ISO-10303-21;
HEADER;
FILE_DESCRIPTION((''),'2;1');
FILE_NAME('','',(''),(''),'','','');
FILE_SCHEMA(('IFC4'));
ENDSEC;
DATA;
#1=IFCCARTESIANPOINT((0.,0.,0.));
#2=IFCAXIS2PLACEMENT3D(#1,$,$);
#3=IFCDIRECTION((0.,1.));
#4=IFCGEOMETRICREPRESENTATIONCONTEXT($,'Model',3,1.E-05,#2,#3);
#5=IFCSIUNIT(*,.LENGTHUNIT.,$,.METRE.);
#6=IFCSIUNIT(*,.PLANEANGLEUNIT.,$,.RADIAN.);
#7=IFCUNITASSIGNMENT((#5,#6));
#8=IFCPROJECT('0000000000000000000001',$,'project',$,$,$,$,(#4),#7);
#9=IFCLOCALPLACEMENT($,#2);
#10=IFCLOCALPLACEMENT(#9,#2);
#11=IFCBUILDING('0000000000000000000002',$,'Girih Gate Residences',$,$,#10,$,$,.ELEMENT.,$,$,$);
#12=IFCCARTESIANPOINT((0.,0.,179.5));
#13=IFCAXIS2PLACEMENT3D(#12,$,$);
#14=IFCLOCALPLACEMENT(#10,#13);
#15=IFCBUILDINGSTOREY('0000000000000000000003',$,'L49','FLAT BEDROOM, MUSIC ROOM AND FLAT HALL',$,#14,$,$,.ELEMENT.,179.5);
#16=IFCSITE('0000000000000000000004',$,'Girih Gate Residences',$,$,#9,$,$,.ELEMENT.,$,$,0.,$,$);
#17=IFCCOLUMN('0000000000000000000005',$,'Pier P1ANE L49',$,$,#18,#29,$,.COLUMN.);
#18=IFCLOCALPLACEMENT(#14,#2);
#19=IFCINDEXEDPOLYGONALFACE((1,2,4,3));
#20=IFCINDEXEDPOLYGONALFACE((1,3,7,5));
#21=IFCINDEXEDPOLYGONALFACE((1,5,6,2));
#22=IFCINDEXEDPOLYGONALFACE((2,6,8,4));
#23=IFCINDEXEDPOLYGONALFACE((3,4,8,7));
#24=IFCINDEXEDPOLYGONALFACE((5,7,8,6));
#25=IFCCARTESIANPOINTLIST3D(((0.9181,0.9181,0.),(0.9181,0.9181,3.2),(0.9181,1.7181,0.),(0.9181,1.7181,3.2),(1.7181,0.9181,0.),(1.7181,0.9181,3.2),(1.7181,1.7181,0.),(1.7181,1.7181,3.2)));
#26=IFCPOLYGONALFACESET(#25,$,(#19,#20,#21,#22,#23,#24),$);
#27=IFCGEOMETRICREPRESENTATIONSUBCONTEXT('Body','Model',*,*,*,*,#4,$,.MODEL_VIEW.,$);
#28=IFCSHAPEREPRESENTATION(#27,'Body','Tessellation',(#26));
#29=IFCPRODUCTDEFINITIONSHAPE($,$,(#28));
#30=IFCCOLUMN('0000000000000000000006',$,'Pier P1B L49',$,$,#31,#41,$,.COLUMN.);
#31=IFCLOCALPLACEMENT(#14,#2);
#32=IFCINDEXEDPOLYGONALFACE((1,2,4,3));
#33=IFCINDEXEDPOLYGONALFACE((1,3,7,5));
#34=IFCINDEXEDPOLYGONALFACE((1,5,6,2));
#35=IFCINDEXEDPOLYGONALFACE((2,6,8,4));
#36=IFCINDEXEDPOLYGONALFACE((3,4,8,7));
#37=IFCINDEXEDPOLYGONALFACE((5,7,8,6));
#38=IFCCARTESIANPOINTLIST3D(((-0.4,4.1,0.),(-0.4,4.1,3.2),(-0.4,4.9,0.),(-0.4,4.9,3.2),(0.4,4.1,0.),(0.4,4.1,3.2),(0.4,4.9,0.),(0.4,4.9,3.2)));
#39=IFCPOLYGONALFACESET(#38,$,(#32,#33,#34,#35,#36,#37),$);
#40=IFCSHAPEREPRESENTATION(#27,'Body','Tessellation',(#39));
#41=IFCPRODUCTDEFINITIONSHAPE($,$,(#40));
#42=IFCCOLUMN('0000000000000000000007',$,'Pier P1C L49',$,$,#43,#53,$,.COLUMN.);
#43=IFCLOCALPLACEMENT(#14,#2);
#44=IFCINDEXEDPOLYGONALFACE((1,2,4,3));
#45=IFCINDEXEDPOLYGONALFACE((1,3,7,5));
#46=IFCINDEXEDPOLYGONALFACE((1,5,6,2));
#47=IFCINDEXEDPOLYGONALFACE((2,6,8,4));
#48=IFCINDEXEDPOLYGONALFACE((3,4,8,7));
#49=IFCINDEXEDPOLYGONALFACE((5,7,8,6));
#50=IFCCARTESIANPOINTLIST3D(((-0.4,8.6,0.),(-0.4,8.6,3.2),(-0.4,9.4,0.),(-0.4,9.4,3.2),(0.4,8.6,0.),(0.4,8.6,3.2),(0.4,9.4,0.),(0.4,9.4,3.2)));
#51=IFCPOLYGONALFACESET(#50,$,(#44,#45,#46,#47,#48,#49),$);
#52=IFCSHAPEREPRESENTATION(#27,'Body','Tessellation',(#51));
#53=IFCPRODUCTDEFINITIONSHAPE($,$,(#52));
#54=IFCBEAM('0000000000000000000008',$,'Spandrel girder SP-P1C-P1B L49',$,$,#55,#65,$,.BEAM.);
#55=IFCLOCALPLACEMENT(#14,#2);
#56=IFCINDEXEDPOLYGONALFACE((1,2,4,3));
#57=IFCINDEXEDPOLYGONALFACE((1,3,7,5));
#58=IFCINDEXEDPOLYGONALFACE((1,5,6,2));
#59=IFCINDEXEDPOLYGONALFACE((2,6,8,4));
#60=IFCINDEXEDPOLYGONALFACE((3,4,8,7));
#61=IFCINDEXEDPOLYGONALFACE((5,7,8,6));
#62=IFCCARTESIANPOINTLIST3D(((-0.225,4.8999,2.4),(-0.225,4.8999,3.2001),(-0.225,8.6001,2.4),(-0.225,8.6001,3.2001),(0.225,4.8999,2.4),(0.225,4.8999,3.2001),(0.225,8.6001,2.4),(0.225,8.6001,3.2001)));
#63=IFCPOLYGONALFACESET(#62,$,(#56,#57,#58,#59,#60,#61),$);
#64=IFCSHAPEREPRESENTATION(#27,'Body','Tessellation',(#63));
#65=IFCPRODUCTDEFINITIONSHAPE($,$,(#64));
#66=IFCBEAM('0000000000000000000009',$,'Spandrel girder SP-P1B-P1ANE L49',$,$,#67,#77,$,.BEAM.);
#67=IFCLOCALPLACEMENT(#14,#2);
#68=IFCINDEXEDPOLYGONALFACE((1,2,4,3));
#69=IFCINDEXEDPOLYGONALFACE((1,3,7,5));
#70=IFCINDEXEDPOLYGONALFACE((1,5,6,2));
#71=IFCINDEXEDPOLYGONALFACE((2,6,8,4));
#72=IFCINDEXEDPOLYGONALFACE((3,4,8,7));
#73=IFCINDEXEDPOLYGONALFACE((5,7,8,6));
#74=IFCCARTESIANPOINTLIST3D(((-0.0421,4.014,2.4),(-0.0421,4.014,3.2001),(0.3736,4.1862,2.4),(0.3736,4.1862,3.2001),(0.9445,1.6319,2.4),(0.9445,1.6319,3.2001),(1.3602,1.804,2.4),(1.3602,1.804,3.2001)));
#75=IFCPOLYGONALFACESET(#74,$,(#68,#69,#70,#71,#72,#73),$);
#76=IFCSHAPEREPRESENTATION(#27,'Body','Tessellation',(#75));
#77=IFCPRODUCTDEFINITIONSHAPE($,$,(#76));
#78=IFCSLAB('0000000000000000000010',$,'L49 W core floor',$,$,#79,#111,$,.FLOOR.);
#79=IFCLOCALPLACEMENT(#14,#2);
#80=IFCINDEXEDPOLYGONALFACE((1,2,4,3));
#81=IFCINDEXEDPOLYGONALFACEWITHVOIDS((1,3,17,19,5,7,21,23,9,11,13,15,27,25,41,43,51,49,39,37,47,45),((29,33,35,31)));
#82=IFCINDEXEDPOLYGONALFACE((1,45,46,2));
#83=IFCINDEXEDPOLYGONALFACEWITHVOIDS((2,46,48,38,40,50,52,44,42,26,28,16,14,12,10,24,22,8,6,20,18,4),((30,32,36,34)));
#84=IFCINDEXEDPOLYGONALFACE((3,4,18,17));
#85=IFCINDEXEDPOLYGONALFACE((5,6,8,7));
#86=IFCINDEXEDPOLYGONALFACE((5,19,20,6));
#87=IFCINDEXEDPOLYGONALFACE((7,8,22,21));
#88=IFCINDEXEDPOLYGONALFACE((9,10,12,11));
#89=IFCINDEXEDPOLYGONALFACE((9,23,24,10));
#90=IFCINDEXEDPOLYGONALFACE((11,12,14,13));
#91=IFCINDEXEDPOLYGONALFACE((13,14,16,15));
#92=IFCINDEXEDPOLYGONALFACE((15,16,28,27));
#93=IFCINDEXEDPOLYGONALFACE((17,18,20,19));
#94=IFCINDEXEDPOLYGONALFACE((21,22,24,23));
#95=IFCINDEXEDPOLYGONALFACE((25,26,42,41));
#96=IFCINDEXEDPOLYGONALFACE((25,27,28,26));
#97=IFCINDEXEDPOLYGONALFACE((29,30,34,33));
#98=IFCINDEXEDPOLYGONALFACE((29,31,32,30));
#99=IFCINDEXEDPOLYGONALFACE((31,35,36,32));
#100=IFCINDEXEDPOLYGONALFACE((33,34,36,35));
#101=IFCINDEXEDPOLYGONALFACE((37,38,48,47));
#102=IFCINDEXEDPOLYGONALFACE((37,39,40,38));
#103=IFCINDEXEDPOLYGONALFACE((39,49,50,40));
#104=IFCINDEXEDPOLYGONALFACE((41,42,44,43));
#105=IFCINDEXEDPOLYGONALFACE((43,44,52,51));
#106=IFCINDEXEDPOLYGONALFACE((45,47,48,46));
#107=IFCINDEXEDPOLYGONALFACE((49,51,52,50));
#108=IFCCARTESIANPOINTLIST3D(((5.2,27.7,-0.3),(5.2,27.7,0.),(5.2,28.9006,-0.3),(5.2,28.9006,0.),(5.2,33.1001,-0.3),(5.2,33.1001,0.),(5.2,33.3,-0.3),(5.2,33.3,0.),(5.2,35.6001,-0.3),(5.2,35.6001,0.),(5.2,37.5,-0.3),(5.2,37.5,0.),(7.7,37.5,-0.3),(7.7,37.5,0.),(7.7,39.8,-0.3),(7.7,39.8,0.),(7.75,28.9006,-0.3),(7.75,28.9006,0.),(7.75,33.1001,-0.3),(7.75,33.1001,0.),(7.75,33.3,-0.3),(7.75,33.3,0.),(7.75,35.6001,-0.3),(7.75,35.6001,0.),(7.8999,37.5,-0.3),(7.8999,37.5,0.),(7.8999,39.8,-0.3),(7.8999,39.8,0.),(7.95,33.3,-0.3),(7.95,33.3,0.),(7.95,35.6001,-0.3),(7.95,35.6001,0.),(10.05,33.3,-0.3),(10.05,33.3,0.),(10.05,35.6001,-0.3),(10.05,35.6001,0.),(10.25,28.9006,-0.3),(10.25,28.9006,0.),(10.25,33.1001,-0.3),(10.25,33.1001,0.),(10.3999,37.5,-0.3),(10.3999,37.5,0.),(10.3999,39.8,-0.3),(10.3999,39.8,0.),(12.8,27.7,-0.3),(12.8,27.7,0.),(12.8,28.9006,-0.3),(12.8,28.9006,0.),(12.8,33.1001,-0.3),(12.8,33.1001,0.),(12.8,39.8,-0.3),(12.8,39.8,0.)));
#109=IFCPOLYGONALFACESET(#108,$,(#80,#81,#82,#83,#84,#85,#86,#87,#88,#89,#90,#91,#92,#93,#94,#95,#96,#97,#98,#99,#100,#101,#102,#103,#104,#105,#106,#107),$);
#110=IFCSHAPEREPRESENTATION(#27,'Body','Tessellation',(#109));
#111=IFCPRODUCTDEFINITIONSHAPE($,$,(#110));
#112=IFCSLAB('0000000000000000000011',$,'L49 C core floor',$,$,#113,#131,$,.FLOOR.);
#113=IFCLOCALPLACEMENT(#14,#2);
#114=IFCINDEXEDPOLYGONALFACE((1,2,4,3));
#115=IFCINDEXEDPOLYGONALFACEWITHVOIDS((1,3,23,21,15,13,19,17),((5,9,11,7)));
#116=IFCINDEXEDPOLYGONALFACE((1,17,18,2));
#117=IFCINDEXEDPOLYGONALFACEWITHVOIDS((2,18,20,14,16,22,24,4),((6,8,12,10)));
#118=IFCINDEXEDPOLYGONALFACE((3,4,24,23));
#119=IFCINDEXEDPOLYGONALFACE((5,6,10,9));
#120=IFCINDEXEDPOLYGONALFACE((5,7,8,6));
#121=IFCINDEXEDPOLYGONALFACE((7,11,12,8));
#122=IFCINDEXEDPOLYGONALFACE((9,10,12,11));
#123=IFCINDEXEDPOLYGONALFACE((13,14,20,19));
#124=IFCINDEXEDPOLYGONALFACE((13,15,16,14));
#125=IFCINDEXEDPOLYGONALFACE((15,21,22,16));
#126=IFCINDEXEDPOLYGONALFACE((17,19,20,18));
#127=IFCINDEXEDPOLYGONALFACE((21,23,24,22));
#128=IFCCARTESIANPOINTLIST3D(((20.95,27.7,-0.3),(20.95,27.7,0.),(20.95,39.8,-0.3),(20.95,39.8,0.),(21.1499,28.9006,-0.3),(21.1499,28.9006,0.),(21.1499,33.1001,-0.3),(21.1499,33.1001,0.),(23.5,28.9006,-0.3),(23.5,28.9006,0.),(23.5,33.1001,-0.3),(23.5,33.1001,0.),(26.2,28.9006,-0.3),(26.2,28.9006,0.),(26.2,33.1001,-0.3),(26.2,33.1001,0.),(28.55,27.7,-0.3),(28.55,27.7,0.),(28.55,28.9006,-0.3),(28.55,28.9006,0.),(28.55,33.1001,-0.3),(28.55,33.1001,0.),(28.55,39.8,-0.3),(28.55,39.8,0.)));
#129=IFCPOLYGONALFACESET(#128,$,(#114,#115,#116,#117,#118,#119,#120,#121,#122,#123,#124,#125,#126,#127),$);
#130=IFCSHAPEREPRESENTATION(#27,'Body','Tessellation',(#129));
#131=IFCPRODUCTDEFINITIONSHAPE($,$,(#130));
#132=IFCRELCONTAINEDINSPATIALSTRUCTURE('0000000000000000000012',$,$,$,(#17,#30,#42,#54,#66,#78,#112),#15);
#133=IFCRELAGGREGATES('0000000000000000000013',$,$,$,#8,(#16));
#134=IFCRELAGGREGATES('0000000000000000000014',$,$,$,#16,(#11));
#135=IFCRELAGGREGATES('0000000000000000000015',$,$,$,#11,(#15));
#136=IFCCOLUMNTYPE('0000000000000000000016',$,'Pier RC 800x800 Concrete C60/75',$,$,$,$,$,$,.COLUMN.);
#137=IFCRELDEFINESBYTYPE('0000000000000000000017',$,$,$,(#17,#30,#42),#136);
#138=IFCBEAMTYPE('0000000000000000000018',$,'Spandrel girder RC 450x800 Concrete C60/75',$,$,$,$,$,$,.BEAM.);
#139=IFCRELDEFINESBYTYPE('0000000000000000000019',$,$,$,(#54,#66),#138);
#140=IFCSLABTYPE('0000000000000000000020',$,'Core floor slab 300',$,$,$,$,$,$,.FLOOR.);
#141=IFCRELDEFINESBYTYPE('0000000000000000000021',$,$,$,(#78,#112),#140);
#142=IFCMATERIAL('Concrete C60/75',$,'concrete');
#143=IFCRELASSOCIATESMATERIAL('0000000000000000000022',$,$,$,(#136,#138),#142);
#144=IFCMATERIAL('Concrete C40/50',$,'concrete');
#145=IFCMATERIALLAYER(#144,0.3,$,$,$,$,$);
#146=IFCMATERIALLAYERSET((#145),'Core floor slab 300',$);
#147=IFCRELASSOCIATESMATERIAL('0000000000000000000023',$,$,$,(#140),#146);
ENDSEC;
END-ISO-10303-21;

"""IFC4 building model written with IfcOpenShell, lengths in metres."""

from ifc_helpers import new_model, si_unit, direction, frame, origin, origin_2d, place, context, subcontext, project, spatial, polyline, rectangle, outline, extrude, material, layer, layer_set, material_profile, profile_set, type_object, element, save


model = new_model("IFC4")

# Units and contexts
model_context = context("Model", 3, precision=1e-05, world=origin(), true_north=direction((0.0, 1.0)))
body_context = subcontext(model_context, "Body", "Model", "MODEL_VIEW")
ifc_project = project(units=[si_unit("LENGTHUNIT", "METRE"), si_unit("PLANEANGLEUNIT", "RADIAN")], contexts=[model_context])

# Site, building, storey
site_placement = place(None, origin())
site = spatial("IfcSite", under=ifc_project, at=site_placement, Name="Girih Gate Residences", CompositionType="ELEMENT", RefElevation=0.0)
building_placement = place(site_placement, origin())
building = spatial("IfcBuilding", under=site, at=building_placement, Name="Girih Gate Residences", CompositionType="ELEMENT")
storey_placement = place(building_placement, frame((0.0, 0.0, 179.5)))
storey = spatial("IfcBuildingStorey", under=building, at=storey_placement, Name="L49", Description="FLAT BEDROOM, MUSIC ROOM AND FLAT HALL", CompositionType="ELEMENT", Elevation=179.5)

# Columns
ifc_material_1 = material(Name="Concrete C60/75", Category="concrete")
ifc_material_profile_1 = material_profile(ifc_material_1, rectangle(XDim=0.8, YDim=0.8, at=origin_2d()))
ifc_profile_set_1 = profile_set([ifc_material_profile_1], Name="Concrete C60/75")
column_type = type_object("IfcColumnType", Name="Pier RC 800x800 Concrete C60/75", PredefinedType="COLUMN", material=ifc_profile_set_1)
for number, where, z_axis, x_axis, name in (
    (1, (1.3181, 1.3181, 0.0), (0.0, 0.0, 1.0), (1.0, 0.0, 0.0), "Pier P1ANE L49"),
    (2, (0.0, 4.5, 0.0), (0.0, 0.0, 1.0), (1.0, 0.0, 0.0), "Pier P1B L49"),
    (3, (0.0, 9.0, 0.0), (0.0, 0.0, 1.0), (1.0, 0.0, 0.0), "Pier P1C L49"),
):
    element("IfcColumn", number, at=place(storey_placement, frame(where, z_axis=z_axis, x_axis=x_axis)), inside=storey, type_object=column_type, Name=name, PredefinedType="COLUMN", context=body_context, shape_type="SweptSolid", body=[
        extrude(rectangle(XDim=0.8, YDim=0.8, at=origin_2d()), origin(), (0.0, 0.0, 1.0), 3.2),
    ])

# Beams
ifc_material_profile_2 = material_profile(ifc_material_1, rectangle(XDim=0.45, YDim=0.8, at=origin_2d()))
ifc_profile_set_2 = profile_set([ifc_material_profile_2], Name="Concrete C60/75")
beam_type = type_object("IfcBeamType", Name="Spandrel girder RC 450x800 Concrete C60/75", PredefinedType="BEAM", material=ifc_profile_set_2)
beam_1_placement = place(storey_placement, frame((0.0, 8.6001, 2.8), z_axis=(0.0, -1.0, 0.0), x_axis=(1.0, 0.0, 0.0)))
element("IfcBeam", 4, at=beam_1_placement, inside=storey, type_object=beam_type, Name="Spandrel girder SP-P1C-P1B L49", PredefinedType="BEAM", context=body_context, shape_type="SweptSolid", body=[
    extrude(rectangle(XDim=0.45, YDim=0.8, at=origin_2d()), origin(), (0.0, 0.0, 1.0), 3.7002),
])
beam_2_placement = place(storey_placement, frame((0.1658, 4.1001, 2.8), z_axis=(0.382644, -0.923896, 0.0), x_axis=(0.923896, 0.382644, 0.0)))
element("IfcBeam", 5, at=beam_2_placement, inside=storey, type_object=beam_type, Name="Spandrel girder SP-P1B-P1ANE L49", PredefinedType="BEAM", context=body_context, shape_type="SweptSolid", body=[
    extrude(rectangle(XDim=0.45, YDim=0.8, at=origin_2d()), origin(), (0.0, 0.0, 1.0), 2.5784),
])

# Slabs
ifc_material_2 = material(Name="Concrete C40/50", Category="concrete")
ifc_layer_1 = layer(ifc_material_2, 0.3)
ifc_layer_set_1 = layer_set([ifc_layer_1], Name="Core floor slab 300")
slab_type_1 = type_object("IfcSlabType", Name="Core floor slab 300", PredefinedType="FLOOR", material=ifc_layer_set_1)
slab_1_placement = place(storey_placement, frame((0.0, 0.0, -0.3)))
element("IfcSlab", 6, at=slab_1_placement, inside=storey, type_object=slab_type_1, Name="L49 W core floor", PredefinedType="FLOOR", context=body_context, shape_type="SweptSolid", body=[
    extrude(outline(polyline([(12.8, 27.7), (5.2, 27.7), (5.2, 28.9006), (7.75, 28.9006), (7.75, 33.1001), (5.2, 33.1001), (5.2, 33.3), (7.75, 33.3), (7.75, 35.6001), (5.2, 35.6001), (5.2, 37.5), (7.7, 37.5), (7.7, 39.8), (7.8999, 39.8), (7.8999, 37.5), (10.3999, 37.5), (10.3999, 39.8), (12.8, 39.8), (12.8, 33.1001), (10.25, 33.1001), (10.25, 28.9006), (12.8, 28.9006), (12.8, 27.7)]), holes=[polyline([(7.95, 33.3), (10.05, 33.3), (10.05, 35.6001), (7.95, 35.6001), (7.95, 33.3)])]), origin(), (0.0, 0.0, 1.0), 0.3),
])
slab_2_placement = place(storey_placement, frame((0.0, 0.0, -0.3)))
element("IfcSlab", 7, at=slab_2_placement, inside=storey, type_object=slab_type_1, Name="L49 C core floor", PredefinedType="FLOOR", context=body_context, shape_type="SweptSolid", body=[
    extrude(outline(polyline([(28.55, 27.7), (20.95, 27.7), (20.95, 39.8), (28.55, 39.8), (28.55, 33.1001), (26.2, 33.1001), (26.2, 28.9006), (28.55, 28.9006), (28.55, 27.7)]), holes=[polyline([(23.5, 28.9006), (23.5, 33.1001), (21.1499, 33.1001), (21.1499, 28.9006), (23.5, 28.9006)])]), origin(), (0.0, 0.0, 1.0), 0.3),
])

save(model, "model.ifc")
